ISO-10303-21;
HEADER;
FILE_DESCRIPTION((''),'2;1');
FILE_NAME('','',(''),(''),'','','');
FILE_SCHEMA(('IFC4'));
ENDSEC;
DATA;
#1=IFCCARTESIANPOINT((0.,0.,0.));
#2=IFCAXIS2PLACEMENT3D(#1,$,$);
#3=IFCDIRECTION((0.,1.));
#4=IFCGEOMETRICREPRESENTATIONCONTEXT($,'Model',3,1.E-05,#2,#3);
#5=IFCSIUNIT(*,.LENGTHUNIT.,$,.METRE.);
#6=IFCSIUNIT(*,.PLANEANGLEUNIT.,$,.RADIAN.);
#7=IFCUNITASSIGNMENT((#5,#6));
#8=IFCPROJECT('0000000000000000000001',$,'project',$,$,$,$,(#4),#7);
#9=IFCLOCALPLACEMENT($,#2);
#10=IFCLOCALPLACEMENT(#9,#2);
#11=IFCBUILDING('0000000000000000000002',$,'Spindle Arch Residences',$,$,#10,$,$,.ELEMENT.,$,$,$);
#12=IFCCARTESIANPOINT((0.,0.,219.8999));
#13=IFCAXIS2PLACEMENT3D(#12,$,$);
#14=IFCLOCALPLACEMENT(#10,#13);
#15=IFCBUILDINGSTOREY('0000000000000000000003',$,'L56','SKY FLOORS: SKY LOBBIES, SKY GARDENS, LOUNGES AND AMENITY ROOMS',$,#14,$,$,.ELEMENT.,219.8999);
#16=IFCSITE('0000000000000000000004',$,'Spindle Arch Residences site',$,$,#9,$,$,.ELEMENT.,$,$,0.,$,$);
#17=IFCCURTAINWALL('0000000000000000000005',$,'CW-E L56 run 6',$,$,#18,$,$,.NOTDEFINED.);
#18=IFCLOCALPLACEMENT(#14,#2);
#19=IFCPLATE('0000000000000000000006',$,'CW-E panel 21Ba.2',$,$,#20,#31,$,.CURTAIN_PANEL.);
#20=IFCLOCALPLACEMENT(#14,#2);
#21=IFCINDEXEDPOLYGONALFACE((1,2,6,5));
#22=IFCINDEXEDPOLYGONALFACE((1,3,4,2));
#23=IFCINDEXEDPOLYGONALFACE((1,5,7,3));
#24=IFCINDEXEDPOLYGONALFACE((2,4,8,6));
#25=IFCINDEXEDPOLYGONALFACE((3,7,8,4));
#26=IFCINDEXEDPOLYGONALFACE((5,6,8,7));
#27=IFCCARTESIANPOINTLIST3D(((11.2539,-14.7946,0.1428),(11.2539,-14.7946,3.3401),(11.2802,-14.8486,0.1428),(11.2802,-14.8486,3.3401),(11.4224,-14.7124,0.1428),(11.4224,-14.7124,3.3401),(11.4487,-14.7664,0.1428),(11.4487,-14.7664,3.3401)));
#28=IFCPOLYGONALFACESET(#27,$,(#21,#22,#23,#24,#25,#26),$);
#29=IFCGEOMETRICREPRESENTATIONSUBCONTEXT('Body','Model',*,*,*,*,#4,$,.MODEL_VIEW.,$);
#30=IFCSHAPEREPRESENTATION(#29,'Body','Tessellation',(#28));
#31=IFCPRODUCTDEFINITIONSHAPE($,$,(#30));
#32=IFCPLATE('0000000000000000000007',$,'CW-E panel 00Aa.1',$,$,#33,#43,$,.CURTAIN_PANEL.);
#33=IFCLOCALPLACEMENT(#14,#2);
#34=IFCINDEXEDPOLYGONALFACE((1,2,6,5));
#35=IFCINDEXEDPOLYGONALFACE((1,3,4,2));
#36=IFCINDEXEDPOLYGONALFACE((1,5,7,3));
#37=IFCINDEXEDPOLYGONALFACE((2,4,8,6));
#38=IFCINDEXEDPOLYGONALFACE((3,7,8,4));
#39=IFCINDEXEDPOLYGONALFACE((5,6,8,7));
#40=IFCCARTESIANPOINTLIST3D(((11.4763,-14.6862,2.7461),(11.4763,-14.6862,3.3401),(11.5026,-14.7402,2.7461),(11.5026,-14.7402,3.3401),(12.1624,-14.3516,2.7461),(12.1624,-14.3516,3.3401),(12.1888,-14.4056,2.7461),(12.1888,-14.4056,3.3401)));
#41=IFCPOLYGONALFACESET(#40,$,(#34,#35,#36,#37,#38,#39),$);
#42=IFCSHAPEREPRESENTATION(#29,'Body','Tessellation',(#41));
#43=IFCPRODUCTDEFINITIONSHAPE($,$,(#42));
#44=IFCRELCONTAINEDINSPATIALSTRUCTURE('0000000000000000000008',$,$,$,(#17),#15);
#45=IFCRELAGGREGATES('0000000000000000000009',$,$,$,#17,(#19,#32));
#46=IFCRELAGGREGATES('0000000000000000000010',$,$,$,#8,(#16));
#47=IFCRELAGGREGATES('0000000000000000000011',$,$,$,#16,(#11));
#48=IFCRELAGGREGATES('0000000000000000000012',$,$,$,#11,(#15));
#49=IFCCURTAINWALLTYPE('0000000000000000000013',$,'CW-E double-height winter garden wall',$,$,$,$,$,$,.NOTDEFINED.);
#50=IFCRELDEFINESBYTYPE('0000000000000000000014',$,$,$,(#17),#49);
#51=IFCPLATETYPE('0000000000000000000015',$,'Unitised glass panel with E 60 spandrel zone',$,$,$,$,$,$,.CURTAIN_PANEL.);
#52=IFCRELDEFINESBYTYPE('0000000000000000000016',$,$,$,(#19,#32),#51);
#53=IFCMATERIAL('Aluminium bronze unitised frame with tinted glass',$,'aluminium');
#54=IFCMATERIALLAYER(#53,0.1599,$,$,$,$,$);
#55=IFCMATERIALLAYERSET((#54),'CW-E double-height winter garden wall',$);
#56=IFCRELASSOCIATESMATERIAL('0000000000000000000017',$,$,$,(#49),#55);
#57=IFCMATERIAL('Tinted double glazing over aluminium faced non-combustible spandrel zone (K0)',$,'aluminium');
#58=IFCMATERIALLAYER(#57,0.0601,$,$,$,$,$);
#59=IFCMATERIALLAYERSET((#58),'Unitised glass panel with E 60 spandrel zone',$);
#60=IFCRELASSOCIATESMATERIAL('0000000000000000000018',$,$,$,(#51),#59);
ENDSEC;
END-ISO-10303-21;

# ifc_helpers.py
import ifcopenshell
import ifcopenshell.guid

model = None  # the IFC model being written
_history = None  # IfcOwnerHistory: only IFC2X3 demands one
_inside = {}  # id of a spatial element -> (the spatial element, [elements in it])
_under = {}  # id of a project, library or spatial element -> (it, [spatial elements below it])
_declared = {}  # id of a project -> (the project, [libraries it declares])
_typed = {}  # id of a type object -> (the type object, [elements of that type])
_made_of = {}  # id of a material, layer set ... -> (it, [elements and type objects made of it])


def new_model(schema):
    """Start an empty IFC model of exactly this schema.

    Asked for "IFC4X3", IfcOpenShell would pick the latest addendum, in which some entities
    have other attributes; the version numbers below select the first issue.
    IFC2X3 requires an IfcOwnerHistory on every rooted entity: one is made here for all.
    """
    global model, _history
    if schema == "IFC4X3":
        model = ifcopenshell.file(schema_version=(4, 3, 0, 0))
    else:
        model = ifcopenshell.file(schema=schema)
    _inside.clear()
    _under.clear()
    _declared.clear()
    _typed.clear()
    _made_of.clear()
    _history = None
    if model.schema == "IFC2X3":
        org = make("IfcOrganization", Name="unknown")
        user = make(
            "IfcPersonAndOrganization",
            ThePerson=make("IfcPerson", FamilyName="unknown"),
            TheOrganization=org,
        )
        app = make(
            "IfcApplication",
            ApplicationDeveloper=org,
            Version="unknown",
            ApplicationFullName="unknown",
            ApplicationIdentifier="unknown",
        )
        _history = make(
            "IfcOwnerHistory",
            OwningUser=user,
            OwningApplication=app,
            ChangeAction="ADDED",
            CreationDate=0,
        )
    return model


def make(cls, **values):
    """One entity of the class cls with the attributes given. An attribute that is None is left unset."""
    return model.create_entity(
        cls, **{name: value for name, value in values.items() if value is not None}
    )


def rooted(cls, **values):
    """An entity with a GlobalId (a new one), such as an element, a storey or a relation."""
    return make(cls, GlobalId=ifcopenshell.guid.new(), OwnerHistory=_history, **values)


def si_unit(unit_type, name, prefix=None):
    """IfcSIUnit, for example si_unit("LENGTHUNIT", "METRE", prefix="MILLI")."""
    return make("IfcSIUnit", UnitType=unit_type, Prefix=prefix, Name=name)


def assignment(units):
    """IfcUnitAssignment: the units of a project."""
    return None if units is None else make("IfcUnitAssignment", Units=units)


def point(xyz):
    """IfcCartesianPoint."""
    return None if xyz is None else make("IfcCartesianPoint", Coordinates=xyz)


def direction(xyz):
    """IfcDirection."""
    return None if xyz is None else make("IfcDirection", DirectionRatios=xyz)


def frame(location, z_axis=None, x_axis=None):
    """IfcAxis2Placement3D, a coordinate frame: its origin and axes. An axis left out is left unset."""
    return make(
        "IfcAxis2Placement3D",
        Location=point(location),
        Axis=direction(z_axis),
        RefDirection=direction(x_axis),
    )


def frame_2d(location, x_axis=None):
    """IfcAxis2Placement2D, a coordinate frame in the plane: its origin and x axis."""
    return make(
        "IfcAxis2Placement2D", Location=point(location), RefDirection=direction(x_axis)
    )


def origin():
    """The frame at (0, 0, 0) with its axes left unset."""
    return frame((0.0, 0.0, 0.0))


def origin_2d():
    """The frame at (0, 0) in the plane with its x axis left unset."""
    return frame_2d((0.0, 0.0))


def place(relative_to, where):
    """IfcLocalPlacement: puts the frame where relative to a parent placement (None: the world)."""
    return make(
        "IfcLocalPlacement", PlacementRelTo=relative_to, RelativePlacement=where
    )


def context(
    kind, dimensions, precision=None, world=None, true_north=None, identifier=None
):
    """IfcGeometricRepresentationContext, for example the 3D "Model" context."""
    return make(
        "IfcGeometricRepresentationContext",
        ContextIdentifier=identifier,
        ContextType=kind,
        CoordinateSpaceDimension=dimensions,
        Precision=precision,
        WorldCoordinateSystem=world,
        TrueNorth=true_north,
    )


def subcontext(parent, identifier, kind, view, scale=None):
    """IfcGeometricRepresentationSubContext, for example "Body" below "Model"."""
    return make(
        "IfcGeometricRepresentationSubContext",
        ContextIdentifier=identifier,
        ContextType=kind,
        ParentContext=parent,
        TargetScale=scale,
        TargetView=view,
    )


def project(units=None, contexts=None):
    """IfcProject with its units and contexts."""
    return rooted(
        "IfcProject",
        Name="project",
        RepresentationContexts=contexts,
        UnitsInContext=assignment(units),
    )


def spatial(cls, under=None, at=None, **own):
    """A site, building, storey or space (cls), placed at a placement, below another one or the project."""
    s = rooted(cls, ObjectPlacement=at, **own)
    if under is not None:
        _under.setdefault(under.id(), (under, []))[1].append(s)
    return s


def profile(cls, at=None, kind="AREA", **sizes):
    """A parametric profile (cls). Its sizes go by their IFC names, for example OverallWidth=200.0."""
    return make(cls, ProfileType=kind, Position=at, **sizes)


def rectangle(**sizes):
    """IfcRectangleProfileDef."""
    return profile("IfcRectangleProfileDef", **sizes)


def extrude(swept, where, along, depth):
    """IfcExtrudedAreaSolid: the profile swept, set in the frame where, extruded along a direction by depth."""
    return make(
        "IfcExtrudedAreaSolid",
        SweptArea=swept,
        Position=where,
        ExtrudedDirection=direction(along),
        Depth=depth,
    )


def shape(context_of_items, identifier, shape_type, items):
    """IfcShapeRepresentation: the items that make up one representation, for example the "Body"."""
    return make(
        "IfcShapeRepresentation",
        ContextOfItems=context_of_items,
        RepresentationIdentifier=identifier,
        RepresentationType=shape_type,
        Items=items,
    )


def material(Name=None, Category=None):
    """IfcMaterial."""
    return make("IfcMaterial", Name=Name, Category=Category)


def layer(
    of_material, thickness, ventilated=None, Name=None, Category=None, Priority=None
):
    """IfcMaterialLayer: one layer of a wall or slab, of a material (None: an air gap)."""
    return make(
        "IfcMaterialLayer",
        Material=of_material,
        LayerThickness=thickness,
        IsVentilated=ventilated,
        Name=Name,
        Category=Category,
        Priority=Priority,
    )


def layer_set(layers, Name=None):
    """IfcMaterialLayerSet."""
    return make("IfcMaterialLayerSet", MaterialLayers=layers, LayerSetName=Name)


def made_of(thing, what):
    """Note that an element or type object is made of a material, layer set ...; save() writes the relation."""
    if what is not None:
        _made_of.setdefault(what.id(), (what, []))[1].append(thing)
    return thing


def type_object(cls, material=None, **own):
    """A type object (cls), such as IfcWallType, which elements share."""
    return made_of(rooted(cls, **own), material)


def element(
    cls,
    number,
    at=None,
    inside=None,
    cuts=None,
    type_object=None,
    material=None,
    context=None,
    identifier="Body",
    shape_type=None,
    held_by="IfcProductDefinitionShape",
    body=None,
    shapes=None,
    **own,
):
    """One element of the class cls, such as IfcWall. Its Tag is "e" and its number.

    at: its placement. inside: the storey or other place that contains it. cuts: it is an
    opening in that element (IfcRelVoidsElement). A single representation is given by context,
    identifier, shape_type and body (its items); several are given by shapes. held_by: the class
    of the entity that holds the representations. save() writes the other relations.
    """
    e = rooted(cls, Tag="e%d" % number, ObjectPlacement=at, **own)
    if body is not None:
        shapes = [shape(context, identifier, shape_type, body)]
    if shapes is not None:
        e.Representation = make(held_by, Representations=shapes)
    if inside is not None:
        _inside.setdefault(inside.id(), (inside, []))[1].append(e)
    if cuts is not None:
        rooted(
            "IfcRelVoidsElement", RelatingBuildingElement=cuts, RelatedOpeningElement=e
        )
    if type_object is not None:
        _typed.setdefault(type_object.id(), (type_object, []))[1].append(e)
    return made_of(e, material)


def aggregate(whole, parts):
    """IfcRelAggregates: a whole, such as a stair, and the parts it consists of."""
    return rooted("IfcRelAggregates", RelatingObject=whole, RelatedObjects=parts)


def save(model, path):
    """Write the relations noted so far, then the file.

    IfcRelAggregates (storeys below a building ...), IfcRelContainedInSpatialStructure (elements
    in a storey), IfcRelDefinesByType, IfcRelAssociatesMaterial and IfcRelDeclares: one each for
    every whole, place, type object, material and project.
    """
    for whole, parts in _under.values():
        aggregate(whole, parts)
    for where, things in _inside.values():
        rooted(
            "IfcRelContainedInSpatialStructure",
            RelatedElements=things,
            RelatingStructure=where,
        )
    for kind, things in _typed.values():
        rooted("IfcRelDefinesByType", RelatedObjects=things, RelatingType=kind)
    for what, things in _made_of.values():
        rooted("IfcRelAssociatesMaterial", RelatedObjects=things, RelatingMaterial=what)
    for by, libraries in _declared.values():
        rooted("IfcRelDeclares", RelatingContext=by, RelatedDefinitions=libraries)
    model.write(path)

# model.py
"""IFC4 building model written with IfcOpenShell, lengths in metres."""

from ifc_helpers import new_model, si_unit, direction, frame, origin, origin_2d, place, context, subcontext, project, spatial, rectangle, extrude, material, layer, layer_set, type_object, element, aggregate, save


model = new_model("IFC4")

# Units and contexts
model_context = context("Model", 3, precision=1e-05, world=origin(), true_north=direction((0.0, 1.0)))
body_context = subcontext(model_context, "Body", "Model", "MODEL_VIEW")
ifc_project = project(units=[si_unit("LENGTHUNIT", "METRE"), si_unit("PLANEANGLEUNIT", "RADIAN")], contexts=[model_context])

# Site, building, storey
site_placement = place(None, origin())
site = spatial("IfcSite", under=ifc_project, at=site_placement, Name="Spindle Arch Residences site", CompositionType="ELEMENT", RefElevation=0.0)
building_placement = place(site_placement, origin())
building = spatial("IfcBuilding", under=site, at=building_placement, Name="Spindle Arch Residences", CompositionType="ELEMENT")
storey_placement = place(building_placement, frame((0.0, 0.0, 219.8999)))
storey = spatial("IfcBuildingStorey", under=building, at=storey_placement, Name="L56", Description="SKY FLOORS: SKY LOBBIES, SKY GARDENS, LOUNGES AND AMENITY ROOMS", CompositionType="ELEMENT", Elevation=219.8999)

# Curtain wall, plates
ifc_material_1 = material(Name="Aluminium bronze unitised frame with tinted glass", Category="aluminium")
ifc_layer_1 = layer(ifc_material_1, 0.1599)
ifc_layer_set_1 = layer_set([ifc_layer_1], Name="CW-E double-height winter garden wall")
curtain_wall_type = type_object("IfcCurtainWallType", Name="CW-E double-height winter garden wall", PredefinedType="NOTDEFINED", material=ifc_layer_set_1)
curtain_wall_placement = place(storey_placement, origin())
curtain_wall = element("IfcCurtainWall", 1, at=curtain_wall_placement, inside=storey, type_object=curtain_wall_type, Name="CW-E L56 run 6", PredefinedType="NOTDEFINED")
ifc_material_2 = material(Name="Tinted double glazing over aluminium faced non-combustible spandrel zone (K0)", Category="aluminium")
ifc_layer_2 = layer(ifc_material_2, 0.0601)
ifc_layer_set_2 = layer_set([ifc_layer_2], Name="Unitised glass panel with E 60 spandrel zone")
plate_type_1 = type_object("IfcPlateType", Name="Unitised glass panel with E 60 spandrel zone", PredefinedType="CURTAIN_PANEL", material=ifc_layer_set_2)
plate_1_placement = place(storey_placement, frame((11.3513, -14.7805, 0.1428), z_axis=(0.0, 0.0, 1.0), x_axis=(0.898794, 0.438371, 0.0)))
plate_1 = element("IfcPlate", 2, at=plate_1_placement, type_object=plate_type_1, Name="CW-E panel 21Ba.2", PredefinedType="CURTAIN_PANEL", context=body_context, shape_type="SweptSolid", body=[
    extrude(rectangle(XDim=0.1875, YDim=0.0601, at=origin_2d()), origin(), (0.0, 0.0, 1.0), 3.1973),
])
plate_2_placement = place(storey_placement, frame((11.8325, -14.5459, 2.7461), z_axis=(0.0, 0.0, 1.0), x_axis=(0.898794, 0.438371, 0.0)))
plate_2 = element("IfcPlate", 3, at=plate_2_placement, type_object=plate_type_1, Name="CW-E panel 00Aa.1", PredefinedType="CURTAIN_PANEL", context=body_context, shape_type="SweptSolid", body=[
    extrude(rectangle(XDim=0.7634, YDim=0.0601, at=origin_2d()), origin(), (0.0, 0.0, 1.0), 0.594),
])
aggregate(curtain_wall, [plate_1, plate_2])

save(model, "model.ifc")
